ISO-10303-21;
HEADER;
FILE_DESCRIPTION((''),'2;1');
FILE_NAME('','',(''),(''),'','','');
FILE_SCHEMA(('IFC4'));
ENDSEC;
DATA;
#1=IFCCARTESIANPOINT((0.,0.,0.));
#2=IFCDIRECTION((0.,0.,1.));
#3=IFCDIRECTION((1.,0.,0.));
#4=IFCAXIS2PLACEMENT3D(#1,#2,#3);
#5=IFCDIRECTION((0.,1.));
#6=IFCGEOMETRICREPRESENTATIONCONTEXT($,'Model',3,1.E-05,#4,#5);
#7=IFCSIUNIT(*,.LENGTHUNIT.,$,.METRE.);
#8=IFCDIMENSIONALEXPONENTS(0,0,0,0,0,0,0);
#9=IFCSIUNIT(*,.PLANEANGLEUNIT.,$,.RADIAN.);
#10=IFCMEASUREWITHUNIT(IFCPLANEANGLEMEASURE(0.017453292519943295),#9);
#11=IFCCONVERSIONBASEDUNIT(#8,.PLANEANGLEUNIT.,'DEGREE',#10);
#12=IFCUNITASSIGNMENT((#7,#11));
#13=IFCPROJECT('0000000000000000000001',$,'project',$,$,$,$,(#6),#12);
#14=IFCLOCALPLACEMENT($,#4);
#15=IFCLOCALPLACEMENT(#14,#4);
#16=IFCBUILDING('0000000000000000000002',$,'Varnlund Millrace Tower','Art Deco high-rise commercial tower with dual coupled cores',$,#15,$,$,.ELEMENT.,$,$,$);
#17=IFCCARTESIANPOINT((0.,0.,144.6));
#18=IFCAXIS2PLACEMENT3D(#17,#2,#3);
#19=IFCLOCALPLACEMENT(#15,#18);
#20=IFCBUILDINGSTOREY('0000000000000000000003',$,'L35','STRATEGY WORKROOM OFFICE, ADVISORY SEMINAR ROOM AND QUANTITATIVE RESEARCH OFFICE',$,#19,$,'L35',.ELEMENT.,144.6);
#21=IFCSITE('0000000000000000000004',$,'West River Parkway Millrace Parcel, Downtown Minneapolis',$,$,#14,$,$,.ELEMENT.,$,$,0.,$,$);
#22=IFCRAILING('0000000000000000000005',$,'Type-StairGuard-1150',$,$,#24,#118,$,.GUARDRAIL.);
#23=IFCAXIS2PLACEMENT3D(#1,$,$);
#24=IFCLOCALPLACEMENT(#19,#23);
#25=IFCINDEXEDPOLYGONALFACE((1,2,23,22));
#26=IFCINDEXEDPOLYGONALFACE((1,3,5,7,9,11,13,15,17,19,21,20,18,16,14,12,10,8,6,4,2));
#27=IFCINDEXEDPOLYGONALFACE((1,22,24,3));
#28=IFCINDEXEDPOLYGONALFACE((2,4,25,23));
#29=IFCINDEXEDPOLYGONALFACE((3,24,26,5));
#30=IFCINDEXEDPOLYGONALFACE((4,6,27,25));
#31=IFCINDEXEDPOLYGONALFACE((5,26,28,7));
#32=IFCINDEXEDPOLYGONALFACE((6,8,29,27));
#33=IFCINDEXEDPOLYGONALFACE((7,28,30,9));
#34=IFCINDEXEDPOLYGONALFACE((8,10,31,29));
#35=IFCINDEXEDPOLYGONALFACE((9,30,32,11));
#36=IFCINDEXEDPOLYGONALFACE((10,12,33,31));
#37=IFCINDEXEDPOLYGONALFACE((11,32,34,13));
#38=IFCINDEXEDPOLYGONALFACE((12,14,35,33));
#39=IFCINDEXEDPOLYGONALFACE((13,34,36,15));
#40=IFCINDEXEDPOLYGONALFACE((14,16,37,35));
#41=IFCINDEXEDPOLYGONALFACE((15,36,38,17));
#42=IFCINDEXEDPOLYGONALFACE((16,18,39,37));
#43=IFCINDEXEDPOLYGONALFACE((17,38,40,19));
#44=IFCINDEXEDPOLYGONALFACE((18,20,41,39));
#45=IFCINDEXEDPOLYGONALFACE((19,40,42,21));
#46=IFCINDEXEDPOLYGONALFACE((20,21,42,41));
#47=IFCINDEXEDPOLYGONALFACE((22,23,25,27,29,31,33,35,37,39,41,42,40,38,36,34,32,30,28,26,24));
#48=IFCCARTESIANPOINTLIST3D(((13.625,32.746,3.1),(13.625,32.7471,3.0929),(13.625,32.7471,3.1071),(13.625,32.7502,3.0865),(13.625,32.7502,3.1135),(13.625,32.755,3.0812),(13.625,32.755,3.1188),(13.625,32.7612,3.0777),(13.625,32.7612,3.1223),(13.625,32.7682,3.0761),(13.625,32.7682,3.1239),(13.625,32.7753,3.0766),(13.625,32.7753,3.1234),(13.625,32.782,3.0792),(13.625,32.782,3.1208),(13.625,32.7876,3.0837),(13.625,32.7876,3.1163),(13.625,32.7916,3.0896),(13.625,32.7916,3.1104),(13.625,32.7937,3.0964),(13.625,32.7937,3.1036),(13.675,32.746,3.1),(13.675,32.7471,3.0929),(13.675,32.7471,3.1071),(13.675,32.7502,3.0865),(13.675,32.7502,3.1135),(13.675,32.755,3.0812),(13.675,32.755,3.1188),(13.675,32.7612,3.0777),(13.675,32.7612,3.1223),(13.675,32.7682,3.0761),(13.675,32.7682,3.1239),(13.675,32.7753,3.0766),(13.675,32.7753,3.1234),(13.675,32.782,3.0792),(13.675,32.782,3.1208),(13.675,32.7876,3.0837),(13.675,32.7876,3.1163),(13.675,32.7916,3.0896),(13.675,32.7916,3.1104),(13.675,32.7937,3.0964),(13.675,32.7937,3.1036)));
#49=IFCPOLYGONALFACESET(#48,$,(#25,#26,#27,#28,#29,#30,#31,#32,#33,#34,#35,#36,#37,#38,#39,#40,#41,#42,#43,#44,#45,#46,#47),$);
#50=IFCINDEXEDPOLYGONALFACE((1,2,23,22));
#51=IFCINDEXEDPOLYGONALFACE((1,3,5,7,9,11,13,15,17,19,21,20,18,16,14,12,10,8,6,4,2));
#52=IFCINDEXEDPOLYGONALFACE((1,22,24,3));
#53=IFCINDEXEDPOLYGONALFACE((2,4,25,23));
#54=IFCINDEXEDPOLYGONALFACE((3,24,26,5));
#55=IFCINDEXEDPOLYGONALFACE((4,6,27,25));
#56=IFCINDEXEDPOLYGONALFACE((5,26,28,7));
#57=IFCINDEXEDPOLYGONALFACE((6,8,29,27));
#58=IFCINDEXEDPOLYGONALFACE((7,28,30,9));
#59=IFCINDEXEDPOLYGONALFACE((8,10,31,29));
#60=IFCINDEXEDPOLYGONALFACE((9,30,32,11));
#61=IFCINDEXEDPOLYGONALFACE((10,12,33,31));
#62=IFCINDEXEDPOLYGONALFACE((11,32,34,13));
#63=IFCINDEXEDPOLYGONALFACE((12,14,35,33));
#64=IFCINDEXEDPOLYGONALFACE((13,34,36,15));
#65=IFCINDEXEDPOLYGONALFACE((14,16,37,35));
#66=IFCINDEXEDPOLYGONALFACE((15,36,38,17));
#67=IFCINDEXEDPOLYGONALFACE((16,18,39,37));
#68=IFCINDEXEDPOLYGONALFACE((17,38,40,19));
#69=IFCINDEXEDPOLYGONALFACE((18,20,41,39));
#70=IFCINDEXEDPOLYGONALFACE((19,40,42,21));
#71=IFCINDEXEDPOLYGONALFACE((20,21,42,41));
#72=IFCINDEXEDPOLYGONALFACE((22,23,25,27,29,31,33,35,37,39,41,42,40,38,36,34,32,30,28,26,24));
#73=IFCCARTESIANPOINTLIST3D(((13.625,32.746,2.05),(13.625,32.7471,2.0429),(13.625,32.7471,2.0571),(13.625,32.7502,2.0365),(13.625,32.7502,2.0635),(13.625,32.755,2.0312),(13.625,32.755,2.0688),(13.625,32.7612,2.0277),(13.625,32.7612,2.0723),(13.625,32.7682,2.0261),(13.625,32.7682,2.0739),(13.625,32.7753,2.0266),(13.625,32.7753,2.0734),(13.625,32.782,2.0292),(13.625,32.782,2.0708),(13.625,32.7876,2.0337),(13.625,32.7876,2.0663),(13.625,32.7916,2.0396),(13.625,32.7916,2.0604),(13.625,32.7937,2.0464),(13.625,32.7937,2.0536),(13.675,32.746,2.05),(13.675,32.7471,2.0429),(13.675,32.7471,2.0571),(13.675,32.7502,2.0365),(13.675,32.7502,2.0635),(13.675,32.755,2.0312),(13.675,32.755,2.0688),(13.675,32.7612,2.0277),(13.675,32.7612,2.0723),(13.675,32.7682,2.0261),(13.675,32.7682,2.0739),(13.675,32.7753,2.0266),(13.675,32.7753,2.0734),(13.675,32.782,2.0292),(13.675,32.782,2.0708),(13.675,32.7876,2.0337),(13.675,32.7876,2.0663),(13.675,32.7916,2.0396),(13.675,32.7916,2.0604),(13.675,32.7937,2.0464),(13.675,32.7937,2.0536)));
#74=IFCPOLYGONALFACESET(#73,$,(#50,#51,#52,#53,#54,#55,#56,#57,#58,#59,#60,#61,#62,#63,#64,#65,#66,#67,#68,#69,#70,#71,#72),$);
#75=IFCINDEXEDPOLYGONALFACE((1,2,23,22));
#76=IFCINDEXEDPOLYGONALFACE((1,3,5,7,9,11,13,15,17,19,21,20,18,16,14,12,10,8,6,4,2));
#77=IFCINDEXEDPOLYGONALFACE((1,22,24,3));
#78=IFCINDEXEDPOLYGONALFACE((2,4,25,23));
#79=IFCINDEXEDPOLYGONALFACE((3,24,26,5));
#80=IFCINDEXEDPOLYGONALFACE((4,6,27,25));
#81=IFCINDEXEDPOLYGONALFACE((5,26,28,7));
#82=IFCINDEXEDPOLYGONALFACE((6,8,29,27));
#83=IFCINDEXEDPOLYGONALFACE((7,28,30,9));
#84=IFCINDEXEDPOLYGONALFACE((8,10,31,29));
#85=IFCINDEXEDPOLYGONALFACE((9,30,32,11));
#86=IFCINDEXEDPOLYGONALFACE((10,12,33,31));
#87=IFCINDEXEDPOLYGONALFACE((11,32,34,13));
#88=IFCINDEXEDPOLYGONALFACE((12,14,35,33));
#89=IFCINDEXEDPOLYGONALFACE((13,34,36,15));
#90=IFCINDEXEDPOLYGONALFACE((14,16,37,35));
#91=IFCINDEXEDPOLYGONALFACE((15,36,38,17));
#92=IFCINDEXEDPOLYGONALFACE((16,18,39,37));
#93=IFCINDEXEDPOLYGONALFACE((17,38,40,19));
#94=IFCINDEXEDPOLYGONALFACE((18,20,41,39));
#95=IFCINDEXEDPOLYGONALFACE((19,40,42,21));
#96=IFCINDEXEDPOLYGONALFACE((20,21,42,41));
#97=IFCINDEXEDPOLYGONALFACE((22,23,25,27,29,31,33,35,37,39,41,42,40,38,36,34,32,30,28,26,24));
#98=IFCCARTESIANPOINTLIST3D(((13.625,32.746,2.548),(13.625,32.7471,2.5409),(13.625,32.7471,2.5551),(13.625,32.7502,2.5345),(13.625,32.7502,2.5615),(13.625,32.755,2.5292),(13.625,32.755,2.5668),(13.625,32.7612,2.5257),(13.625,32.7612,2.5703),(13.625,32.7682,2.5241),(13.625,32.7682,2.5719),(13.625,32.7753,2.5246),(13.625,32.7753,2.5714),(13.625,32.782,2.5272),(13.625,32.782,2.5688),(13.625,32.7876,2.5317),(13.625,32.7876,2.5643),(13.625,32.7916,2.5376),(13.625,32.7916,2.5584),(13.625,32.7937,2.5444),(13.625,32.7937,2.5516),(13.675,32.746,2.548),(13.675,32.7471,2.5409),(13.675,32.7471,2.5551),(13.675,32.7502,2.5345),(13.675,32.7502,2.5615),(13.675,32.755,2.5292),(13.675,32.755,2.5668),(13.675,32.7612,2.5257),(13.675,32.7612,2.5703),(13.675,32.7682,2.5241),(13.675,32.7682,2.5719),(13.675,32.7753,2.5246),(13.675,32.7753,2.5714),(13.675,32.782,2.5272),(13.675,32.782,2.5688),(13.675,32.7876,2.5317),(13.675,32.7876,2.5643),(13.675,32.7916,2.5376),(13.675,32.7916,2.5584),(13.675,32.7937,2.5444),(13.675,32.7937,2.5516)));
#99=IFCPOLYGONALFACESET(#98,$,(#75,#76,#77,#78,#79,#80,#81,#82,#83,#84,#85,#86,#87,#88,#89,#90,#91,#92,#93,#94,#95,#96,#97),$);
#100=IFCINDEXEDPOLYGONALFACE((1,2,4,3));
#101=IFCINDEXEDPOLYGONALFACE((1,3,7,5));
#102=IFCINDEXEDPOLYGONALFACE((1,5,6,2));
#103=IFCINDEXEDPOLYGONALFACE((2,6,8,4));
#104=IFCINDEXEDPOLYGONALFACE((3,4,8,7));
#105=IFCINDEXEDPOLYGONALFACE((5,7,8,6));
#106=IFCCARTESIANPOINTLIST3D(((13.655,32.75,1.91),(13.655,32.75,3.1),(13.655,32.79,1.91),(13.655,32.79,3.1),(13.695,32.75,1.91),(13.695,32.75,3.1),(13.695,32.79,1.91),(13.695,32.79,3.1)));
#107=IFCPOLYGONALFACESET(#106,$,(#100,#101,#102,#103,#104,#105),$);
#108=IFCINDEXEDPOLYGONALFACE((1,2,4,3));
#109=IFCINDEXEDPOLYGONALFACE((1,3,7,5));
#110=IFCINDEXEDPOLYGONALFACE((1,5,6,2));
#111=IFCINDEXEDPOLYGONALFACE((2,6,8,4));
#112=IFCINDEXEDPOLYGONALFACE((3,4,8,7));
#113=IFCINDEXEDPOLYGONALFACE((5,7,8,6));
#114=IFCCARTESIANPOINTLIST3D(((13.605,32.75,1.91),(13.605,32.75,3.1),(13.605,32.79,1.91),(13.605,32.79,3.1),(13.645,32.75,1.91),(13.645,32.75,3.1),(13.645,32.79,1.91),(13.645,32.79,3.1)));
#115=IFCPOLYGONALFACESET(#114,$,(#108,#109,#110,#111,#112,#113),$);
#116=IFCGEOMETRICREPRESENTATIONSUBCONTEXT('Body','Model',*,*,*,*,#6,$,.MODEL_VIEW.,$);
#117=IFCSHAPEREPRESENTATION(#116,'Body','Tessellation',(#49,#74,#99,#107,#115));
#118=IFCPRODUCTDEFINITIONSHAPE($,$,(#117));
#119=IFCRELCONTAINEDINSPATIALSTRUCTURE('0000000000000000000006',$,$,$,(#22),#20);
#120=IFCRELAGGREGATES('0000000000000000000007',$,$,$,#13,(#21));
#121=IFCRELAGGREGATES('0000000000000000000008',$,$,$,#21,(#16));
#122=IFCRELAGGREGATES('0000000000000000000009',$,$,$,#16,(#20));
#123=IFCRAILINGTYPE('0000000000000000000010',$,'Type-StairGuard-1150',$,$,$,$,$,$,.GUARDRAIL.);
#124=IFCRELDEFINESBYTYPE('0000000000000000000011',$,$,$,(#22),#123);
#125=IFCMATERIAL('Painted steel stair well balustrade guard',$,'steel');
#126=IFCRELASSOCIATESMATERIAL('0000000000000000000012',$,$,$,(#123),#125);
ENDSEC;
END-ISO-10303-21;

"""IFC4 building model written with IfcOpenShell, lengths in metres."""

from ifc_helpers import new_model, entity, si_unit, converted_unit, direction, frame, origin_with_axes, origin_2d_with_axis, place, context, subcontext, project, spatial, rectangle, circle, extrude, material, type_object, element, save


model = new_model("IFC4")

# Units and contexts
model_context = context("Model", 3, precision=1e-05, world=origin_with_axes(), true_north=direction((0.0, 1.0)))
body_context = subcontext(model_context, "Body", "Model", "MODEL_VIEW")
ifc_project = project(units=[si_unit("LENGTHUNIT", "METRE"), converted_unit("PLANEANGLEUNIT", "DEGREE", entity("IfcPlaneAngleMeasure", 0.017453292519943295), si_unit("PLANEANGLEUNIT", "RADIAN"), dimensions=[0, 0, 0, 0, 0, 0, 0])], contexts=[model_context])

# Site, building, storey
site_placement = place(None, origin_with_axes())
site = spatial("IfcSite", under=ifc_project, at=site_placement, Name="West River Parkway Millrace Parcel, Downtown Minneapolis", CompositionType="ELEMENT", RefElevation=0.0)
building_placement = place(site_placement, origin_with_axes())
building = spatial("IfcBuilding", under=site, at=building_placement, Name="Varnlund Millrace Tower", Description="Art Deco high-rise commercial tower with dual coupled cores", CompositionType="ELEMENT")
storey_placement = place(building_placement, frame((0.0, 0.0, 144.6), z_axis=(0.0, 0.0, 1.0), x_axis=(1.0, 0.0, 0.0)))
storey = spatial("IfcBuildingStorey", under=building, at=storey_placement, Name="L35", Description="STRATEGY WORKROOM OFFICE, ADVISORY SEMINAR ROOM AND QUANTITATIVE RESEARCH OFFICE", LongName="L35", CompositionType="ELEMENT", Elevation=144.6)

# Railing
ifc_material_1 = material(Name="Painted steel stair well balustrade guard", Category="steel")
railing_type_1 = type_object("IfcRailingType", Name="Type-StairGuard-1150", PredefinedType="GUARDRAIL", material=ifc_material_1)
railing_1_placement = place(storey_placement, frame((0.0, 0.0, -144.6), z_axis=(0.0, 0.0, 1.0), x_axis=(1.0, 0.0, 0.0)))
element("IfcRailing", 1, at=railing_1_placement, inside=storey, type_object=railing_type_1, Name="Type-StairGuard-1150", PredefinedType="GUARDRAIL", context=body_context, shape_type="SweptSolid", body=[
    extrude(circle(Radius=0.024, at=origin_2d_with_axis()), frame((13.675, 32.77, 147.7), z_axis=(-1.0, 0.0, 0.0), x_axis=(0.0, -1.0, 0.0)), (0.0, 0.0, 1.0), 0.05),
    extrude(circle(Radius=0.024, at=origin_2d_with_axis()), frame((13.675, 32.77, 146.65), z_axis=(-1.0, 0.0, 0.0), x_axis=(0.0, -1.0, 0.0)), (0.0, 0.0, 1.0), 0.05),
    extrude(circle(Radius=0.024, at=origin_2d_with_axis()), frame((13.675, 32.77, 147.148), z_axis=(-1.0, 0.0, 0.0), x_axis=(0.0, -1.0, 0.0)), (0.0, 0.0, 1.0), 0.05),
    extrude(rectangle(XDim=0.04, YDim=0.04, at=origin_2d_with_axis()), frame((13.675, 32.77, 146.51), z_axis=(0.0, 0.0, 1.0), x_axis=(1.0, 0.0, 0.0)), (0.0, 0.0, 1.0), 1.19),
    extrude(rectangle(XDim=0.04, YDim=0.04, at=origin_2d_with_axis()), frame((13.625, 32.77, 146.51), z_axis=(0.0, 0.0, 1.0), x_axis=(1.0, 0.0, 0.0)), (0.0, 0.0, 1.0), 1.19),
])

save(model, "model.ifc")
